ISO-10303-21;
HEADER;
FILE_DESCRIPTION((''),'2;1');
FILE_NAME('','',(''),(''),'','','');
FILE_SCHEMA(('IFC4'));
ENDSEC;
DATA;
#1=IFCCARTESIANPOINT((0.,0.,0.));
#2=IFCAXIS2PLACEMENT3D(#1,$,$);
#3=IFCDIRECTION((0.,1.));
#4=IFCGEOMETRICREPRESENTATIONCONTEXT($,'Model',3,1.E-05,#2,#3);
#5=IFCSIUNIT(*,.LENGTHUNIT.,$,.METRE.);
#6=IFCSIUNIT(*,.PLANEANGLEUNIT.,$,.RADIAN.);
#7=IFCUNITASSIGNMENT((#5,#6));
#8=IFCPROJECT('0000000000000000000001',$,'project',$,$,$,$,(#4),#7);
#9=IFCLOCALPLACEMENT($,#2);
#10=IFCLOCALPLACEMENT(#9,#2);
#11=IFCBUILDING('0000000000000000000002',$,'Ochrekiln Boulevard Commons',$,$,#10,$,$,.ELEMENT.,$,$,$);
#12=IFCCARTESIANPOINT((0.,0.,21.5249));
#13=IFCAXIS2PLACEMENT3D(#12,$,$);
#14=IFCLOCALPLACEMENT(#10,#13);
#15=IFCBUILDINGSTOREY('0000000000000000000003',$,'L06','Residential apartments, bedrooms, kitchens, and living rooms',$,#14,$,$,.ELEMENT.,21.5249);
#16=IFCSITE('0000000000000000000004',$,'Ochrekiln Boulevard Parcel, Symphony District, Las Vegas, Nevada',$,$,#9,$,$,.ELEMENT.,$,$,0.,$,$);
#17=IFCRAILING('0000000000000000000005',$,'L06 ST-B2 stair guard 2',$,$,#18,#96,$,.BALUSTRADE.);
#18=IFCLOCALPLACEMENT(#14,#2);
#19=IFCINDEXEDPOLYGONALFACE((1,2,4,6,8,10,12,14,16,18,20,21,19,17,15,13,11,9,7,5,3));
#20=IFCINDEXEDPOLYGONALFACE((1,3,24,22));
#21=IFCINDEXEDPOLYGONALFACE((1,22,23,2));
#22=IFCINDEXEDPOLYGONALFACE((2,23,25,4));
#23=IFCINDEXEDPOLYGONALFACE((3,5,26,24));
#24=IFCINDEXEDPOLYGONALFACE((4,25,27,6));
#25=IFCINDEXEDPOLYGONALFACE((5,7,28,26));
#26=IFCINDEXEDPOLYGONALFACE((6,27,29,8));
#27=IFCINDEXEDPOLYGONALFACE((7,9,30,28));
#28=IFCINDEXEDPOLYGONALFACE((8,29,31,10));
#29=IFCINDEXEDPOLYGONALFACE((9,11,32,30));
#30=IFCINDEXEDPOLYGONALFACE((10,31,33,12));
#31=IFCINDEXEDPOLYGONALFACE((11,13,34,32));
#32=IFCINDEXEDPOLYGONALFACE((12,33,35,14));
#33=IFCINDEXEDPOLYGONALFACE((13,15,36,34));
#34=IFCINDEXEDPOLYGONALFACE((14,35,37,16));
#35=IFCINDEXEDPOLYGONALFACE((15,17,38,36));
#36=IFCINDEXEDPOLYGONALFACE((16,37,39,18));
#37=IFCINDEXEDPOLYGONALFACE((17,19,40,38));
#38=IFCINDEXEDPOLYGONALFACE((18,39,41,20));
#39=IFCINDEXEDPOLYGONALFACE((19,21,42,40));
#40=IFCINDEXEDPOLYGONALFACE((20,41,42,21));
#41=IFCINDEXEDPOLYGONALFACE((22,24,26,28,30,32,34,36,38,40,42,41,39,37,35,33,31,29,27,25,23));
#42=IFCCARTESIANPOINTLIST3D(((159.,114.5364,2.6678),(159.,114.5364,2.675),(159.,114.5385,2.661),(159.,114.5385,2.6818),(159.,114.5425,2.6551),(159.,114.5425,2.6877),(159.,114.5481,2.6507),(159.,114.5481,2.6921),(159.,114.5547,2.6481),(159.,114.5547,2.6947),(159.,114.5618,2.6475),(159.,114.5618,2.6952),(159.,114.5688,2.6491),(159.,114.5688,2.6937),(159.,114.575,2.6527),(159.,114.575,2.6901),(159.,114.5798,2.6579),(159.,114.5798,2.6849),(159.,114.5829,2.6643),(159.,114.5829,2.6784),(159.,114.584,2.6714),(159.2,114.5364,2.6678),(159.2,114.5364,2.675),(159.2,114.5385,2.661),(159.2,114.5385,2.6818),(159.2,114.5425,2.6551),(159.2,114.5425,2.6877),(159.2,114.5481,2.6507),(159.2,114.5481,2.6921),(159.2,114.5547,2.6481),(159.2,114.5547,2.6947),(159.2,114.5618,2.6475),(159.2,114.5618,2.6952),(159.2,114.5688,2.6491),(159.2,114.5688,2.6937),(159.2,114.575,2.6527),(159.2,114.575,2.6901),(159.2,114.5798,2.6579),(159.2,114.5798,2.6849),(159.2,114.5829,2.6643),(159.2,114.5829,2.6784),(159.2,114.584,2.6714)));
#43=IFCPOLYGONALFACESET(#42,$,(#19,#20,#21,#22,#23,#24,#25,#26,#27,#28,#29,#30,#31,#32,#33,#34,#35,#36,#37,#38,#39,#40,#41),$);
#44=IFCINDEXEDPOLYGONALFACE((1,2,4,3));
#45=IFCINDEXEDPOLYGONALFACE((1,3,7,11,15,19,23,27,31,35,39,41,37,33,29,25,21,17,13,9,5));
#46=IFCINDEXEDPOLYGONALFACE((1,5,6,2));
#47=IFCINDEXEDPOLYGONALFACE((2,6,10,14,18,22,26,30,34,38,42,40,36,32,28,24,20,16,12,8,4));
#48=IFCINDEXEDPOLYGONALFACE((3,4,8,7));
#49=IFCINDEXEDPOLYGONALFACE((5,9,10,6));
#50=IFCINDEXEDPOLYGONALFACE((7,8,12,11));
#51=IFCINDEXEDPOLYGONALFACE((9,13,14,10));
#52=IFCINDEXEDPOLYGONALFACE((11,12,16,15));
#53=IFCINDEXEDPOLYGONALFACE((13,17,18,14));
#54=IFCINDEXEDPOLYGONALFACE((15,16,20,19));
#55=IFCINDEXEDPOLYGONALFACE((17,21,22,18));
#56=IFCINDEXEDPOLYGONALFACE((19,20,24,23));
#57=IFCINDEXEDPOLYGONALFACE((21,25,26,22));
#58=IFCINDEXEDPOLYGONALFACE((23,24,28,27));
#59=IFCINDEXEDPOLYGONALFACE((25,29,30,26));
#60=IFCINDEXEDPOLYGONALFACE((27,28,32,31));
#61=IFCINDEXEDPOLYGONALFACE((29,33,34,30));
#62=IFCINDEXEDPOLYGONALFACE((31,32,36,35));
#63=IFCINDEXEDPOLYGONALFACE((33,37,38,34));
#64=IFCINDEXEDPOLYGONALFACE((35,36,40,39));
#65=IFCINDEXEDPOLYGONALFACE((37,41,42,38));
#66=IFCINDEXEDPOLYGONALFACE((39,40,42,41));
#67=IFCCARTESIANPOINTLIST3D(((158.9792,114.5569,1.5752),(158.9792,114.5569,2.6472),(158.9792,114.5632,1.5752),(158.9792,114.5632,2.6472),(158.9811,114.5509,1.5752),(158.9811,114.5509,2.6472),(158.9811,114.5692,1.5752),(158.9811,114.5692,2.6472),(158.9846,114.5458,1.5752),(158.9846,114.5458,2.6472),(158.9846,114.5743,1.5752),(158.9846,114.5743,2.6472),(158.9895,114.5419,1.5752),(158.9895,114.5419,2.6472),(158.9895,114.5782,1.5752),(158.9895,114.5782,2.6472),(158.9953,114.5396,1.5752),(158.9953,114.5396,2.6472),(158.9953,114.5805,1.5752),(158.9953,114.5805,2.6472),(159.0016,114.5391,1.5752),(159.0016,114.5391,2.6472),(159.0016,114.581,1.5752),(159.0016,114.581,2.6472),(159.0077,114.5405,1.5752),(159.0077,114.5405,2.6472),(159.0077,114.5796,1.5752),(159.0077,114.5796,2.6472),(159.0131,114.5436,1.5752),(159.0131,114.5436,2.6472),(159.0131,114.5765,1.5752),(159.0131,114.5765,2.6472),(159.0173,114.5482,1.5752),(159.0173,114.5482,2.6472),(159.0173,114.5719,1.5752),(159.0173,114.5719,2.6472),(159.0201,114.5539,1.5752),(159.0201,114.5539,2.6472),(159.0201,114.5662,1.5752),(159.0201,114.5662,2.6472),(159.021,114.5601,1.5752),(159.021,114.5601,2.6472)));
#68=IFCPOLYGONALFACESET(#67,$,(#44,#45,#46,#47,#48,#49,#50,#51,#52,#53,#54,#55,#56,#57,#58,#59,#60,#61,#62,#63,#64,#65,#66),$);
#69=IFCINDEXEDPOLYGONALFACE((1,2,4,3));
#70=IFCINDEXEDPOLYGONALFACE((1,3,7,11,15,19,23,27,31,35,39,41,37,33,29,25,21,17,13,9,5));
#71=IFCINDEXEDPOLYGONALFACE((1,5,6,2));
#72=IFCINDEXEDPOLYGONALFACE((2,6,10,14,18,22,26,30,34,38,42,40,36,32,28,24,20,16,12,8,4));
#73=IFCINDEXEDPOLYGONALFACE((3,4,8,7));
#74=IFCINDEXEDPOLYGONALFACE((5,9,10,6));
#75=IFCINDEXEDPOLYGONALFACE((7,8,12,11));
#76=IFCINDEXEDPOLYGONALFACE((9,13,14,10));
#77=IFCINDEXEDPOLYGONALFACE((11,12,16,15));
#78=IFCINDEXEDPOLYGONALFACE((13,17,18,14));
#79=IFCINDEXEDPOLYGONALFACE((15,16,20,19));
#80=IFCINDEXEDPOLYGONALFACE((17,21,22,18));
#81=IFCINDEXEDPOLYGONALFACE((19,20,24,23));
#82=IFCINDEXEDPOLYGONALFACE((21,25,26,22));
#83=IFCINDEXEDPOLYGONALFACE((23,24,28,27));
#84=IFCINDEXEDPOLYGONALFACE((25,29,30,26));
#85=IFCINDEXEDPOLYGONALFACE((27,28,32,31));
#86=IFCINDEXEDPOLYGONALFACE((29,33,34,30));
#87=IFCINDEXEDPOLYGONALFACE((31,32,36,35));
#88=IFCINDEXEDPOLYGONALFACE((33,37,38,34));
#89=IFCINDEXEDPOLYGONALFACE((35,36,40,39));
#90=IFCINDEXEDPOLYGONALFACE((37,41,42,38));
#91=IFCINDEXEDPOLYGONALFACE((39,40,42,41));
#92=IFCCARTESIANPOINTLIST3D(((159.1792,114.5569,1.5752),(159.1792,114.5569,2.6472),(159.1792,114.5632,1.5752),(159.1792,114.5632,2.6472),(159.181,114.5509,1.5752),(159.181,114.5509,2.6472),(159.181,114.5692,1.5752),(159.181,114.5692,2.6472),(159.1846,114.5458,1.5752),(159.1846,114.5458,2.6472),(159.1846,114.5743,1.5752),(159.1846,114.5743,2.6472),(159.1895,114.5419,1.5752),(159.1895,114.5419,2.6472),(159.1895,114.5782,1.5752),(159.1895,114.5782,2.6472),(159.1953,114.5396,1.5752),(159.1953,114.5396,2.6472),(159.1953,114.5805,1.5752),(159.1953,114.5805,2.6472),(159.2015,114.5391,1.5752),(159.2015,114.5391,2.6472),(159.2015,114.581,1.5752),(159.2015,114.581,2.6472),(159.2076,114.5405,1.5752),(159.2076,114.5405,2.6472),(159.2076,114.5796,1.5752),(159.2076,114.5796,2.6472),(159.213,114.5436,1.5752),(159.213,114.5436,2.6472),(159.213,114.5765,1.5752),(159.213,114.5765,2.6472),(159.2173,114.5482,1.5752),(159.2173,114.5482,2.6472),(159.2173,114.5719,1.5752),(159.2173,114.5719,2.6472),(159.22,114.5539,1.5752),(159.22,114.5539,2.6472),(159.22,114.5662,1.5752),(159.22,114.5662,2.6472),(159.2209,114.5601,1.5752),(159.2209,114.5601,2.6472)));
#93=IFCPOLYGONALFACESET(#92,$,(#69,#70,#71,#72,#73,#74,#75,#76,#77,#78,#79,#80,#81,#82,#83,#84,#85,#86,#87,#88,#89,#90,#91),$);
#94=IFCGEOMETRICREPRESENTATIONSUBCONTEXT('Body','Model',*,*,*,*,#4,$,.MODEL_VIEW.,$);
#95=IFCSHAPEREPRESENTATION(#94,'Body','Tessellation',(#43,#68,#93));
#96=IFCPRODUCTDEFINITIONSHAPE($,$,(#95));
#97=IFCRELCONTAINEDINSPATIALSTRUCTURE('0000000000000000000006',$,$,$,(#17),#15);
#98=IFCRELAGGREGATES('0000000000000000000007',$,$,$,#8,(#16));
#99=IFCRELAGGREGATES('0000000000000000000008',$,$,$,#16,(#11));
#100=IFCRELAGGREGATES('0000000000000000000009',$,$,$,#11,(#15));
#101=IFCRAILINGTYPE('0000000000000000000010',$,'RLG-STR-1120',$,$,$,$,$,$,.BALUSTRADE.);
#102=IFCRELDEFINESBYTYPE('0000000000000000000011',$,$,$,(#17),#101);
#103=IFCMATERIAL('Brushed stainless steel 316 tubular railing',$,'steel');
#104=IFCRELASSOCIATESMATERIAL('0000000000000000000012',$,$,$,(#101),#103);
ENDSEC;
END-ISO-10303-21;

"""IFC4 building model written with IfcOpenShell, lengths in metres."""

from ifc_helpers import new_model, si_unit, direction, frame, origin, origin_2d, place, context, subcontext, project, spatial, circle, extrude, material, type_object, element, save


model = new_model("IFC4")

# Units and contexts
model_context = context("Model", 3, precision=1e-05, world=origin(), true_north=direction((0.0, 1.0)))
body_context = subcontext(model_context, "Body", "Model", "MODEL_VIEW")
ifc_project = project(units=[si_unit("LENGTHUNIT", "METRE"), si_unit("PLANEANGLEUNIT", "RADIAN")], contexts=[model_context])

# Site, building, storey
site_placement = place(None, origin())
site = spatial("IfcSite", under=ifc_project, at=site_placement, Name="Ochrekiln Boulevard Parcel, Symphony District, Las Vegas, Nevada", CompositionType="ELEMENT", RefElevation=0.0)
building_placement = place(site_placement, origin())
building = spatial("IfcBuilding", under=site, at=building_placement, Name="Ochrekiln Boulevard Commons", CompositionType="ELEMENT")
storey_placement = place(building_placement, frame((0.0, 0.0, 21.5249)))
storey = spatial("IfcBuildingStorey", under=building, at=storey_placement, Name="L06", Description="Residential apartments, bedrooms, kitchens, and living rooms", CompositionType="ELEMENT", Elevation=21.5249)

# Railing
ifc_material_1 = material(Name="Brushed stainless steel 316 tubular railing", Category="steel")
railing_type_1 = type_object("IfcRailingType", Name="RLG-STR-1120", PredefinedType="BALUSTRADE", material=ifc_material_1)
railing_1_placement = place(storey_placement, frame((159.0, 114.5601, 1.5752)))
element("IfcRailing", 1, at=railing_1_placement, inside=storey, type_object=railing_type_1, Name="L06 ST-B2 stair guard 2", PredefinedType="BALUSTRADE", context=body_context, shape_type="SweptSolid", body=[
    extrude(circle(Radius=0.0239, at=origin_2d()), frame((0.0, 0.0, 1.0962), z_axis=(1.0, 0.0, 0.0), x_axis=(0.0, 1.0, 0.0)), (0.0, 0.0, 1.0), 0.2),
    extrude(circle(Radius=0.021, at=origin_2d()), origin(), (0.0, 0.0, 1.0), 1.072),
    extrude(circle(Radius=0.021, at=origin_2d()), frame((0.2, 0.0, 0.0)), (0.0, 0.0, 1.0), 1.072),
])

save(model, "model.ifc")
